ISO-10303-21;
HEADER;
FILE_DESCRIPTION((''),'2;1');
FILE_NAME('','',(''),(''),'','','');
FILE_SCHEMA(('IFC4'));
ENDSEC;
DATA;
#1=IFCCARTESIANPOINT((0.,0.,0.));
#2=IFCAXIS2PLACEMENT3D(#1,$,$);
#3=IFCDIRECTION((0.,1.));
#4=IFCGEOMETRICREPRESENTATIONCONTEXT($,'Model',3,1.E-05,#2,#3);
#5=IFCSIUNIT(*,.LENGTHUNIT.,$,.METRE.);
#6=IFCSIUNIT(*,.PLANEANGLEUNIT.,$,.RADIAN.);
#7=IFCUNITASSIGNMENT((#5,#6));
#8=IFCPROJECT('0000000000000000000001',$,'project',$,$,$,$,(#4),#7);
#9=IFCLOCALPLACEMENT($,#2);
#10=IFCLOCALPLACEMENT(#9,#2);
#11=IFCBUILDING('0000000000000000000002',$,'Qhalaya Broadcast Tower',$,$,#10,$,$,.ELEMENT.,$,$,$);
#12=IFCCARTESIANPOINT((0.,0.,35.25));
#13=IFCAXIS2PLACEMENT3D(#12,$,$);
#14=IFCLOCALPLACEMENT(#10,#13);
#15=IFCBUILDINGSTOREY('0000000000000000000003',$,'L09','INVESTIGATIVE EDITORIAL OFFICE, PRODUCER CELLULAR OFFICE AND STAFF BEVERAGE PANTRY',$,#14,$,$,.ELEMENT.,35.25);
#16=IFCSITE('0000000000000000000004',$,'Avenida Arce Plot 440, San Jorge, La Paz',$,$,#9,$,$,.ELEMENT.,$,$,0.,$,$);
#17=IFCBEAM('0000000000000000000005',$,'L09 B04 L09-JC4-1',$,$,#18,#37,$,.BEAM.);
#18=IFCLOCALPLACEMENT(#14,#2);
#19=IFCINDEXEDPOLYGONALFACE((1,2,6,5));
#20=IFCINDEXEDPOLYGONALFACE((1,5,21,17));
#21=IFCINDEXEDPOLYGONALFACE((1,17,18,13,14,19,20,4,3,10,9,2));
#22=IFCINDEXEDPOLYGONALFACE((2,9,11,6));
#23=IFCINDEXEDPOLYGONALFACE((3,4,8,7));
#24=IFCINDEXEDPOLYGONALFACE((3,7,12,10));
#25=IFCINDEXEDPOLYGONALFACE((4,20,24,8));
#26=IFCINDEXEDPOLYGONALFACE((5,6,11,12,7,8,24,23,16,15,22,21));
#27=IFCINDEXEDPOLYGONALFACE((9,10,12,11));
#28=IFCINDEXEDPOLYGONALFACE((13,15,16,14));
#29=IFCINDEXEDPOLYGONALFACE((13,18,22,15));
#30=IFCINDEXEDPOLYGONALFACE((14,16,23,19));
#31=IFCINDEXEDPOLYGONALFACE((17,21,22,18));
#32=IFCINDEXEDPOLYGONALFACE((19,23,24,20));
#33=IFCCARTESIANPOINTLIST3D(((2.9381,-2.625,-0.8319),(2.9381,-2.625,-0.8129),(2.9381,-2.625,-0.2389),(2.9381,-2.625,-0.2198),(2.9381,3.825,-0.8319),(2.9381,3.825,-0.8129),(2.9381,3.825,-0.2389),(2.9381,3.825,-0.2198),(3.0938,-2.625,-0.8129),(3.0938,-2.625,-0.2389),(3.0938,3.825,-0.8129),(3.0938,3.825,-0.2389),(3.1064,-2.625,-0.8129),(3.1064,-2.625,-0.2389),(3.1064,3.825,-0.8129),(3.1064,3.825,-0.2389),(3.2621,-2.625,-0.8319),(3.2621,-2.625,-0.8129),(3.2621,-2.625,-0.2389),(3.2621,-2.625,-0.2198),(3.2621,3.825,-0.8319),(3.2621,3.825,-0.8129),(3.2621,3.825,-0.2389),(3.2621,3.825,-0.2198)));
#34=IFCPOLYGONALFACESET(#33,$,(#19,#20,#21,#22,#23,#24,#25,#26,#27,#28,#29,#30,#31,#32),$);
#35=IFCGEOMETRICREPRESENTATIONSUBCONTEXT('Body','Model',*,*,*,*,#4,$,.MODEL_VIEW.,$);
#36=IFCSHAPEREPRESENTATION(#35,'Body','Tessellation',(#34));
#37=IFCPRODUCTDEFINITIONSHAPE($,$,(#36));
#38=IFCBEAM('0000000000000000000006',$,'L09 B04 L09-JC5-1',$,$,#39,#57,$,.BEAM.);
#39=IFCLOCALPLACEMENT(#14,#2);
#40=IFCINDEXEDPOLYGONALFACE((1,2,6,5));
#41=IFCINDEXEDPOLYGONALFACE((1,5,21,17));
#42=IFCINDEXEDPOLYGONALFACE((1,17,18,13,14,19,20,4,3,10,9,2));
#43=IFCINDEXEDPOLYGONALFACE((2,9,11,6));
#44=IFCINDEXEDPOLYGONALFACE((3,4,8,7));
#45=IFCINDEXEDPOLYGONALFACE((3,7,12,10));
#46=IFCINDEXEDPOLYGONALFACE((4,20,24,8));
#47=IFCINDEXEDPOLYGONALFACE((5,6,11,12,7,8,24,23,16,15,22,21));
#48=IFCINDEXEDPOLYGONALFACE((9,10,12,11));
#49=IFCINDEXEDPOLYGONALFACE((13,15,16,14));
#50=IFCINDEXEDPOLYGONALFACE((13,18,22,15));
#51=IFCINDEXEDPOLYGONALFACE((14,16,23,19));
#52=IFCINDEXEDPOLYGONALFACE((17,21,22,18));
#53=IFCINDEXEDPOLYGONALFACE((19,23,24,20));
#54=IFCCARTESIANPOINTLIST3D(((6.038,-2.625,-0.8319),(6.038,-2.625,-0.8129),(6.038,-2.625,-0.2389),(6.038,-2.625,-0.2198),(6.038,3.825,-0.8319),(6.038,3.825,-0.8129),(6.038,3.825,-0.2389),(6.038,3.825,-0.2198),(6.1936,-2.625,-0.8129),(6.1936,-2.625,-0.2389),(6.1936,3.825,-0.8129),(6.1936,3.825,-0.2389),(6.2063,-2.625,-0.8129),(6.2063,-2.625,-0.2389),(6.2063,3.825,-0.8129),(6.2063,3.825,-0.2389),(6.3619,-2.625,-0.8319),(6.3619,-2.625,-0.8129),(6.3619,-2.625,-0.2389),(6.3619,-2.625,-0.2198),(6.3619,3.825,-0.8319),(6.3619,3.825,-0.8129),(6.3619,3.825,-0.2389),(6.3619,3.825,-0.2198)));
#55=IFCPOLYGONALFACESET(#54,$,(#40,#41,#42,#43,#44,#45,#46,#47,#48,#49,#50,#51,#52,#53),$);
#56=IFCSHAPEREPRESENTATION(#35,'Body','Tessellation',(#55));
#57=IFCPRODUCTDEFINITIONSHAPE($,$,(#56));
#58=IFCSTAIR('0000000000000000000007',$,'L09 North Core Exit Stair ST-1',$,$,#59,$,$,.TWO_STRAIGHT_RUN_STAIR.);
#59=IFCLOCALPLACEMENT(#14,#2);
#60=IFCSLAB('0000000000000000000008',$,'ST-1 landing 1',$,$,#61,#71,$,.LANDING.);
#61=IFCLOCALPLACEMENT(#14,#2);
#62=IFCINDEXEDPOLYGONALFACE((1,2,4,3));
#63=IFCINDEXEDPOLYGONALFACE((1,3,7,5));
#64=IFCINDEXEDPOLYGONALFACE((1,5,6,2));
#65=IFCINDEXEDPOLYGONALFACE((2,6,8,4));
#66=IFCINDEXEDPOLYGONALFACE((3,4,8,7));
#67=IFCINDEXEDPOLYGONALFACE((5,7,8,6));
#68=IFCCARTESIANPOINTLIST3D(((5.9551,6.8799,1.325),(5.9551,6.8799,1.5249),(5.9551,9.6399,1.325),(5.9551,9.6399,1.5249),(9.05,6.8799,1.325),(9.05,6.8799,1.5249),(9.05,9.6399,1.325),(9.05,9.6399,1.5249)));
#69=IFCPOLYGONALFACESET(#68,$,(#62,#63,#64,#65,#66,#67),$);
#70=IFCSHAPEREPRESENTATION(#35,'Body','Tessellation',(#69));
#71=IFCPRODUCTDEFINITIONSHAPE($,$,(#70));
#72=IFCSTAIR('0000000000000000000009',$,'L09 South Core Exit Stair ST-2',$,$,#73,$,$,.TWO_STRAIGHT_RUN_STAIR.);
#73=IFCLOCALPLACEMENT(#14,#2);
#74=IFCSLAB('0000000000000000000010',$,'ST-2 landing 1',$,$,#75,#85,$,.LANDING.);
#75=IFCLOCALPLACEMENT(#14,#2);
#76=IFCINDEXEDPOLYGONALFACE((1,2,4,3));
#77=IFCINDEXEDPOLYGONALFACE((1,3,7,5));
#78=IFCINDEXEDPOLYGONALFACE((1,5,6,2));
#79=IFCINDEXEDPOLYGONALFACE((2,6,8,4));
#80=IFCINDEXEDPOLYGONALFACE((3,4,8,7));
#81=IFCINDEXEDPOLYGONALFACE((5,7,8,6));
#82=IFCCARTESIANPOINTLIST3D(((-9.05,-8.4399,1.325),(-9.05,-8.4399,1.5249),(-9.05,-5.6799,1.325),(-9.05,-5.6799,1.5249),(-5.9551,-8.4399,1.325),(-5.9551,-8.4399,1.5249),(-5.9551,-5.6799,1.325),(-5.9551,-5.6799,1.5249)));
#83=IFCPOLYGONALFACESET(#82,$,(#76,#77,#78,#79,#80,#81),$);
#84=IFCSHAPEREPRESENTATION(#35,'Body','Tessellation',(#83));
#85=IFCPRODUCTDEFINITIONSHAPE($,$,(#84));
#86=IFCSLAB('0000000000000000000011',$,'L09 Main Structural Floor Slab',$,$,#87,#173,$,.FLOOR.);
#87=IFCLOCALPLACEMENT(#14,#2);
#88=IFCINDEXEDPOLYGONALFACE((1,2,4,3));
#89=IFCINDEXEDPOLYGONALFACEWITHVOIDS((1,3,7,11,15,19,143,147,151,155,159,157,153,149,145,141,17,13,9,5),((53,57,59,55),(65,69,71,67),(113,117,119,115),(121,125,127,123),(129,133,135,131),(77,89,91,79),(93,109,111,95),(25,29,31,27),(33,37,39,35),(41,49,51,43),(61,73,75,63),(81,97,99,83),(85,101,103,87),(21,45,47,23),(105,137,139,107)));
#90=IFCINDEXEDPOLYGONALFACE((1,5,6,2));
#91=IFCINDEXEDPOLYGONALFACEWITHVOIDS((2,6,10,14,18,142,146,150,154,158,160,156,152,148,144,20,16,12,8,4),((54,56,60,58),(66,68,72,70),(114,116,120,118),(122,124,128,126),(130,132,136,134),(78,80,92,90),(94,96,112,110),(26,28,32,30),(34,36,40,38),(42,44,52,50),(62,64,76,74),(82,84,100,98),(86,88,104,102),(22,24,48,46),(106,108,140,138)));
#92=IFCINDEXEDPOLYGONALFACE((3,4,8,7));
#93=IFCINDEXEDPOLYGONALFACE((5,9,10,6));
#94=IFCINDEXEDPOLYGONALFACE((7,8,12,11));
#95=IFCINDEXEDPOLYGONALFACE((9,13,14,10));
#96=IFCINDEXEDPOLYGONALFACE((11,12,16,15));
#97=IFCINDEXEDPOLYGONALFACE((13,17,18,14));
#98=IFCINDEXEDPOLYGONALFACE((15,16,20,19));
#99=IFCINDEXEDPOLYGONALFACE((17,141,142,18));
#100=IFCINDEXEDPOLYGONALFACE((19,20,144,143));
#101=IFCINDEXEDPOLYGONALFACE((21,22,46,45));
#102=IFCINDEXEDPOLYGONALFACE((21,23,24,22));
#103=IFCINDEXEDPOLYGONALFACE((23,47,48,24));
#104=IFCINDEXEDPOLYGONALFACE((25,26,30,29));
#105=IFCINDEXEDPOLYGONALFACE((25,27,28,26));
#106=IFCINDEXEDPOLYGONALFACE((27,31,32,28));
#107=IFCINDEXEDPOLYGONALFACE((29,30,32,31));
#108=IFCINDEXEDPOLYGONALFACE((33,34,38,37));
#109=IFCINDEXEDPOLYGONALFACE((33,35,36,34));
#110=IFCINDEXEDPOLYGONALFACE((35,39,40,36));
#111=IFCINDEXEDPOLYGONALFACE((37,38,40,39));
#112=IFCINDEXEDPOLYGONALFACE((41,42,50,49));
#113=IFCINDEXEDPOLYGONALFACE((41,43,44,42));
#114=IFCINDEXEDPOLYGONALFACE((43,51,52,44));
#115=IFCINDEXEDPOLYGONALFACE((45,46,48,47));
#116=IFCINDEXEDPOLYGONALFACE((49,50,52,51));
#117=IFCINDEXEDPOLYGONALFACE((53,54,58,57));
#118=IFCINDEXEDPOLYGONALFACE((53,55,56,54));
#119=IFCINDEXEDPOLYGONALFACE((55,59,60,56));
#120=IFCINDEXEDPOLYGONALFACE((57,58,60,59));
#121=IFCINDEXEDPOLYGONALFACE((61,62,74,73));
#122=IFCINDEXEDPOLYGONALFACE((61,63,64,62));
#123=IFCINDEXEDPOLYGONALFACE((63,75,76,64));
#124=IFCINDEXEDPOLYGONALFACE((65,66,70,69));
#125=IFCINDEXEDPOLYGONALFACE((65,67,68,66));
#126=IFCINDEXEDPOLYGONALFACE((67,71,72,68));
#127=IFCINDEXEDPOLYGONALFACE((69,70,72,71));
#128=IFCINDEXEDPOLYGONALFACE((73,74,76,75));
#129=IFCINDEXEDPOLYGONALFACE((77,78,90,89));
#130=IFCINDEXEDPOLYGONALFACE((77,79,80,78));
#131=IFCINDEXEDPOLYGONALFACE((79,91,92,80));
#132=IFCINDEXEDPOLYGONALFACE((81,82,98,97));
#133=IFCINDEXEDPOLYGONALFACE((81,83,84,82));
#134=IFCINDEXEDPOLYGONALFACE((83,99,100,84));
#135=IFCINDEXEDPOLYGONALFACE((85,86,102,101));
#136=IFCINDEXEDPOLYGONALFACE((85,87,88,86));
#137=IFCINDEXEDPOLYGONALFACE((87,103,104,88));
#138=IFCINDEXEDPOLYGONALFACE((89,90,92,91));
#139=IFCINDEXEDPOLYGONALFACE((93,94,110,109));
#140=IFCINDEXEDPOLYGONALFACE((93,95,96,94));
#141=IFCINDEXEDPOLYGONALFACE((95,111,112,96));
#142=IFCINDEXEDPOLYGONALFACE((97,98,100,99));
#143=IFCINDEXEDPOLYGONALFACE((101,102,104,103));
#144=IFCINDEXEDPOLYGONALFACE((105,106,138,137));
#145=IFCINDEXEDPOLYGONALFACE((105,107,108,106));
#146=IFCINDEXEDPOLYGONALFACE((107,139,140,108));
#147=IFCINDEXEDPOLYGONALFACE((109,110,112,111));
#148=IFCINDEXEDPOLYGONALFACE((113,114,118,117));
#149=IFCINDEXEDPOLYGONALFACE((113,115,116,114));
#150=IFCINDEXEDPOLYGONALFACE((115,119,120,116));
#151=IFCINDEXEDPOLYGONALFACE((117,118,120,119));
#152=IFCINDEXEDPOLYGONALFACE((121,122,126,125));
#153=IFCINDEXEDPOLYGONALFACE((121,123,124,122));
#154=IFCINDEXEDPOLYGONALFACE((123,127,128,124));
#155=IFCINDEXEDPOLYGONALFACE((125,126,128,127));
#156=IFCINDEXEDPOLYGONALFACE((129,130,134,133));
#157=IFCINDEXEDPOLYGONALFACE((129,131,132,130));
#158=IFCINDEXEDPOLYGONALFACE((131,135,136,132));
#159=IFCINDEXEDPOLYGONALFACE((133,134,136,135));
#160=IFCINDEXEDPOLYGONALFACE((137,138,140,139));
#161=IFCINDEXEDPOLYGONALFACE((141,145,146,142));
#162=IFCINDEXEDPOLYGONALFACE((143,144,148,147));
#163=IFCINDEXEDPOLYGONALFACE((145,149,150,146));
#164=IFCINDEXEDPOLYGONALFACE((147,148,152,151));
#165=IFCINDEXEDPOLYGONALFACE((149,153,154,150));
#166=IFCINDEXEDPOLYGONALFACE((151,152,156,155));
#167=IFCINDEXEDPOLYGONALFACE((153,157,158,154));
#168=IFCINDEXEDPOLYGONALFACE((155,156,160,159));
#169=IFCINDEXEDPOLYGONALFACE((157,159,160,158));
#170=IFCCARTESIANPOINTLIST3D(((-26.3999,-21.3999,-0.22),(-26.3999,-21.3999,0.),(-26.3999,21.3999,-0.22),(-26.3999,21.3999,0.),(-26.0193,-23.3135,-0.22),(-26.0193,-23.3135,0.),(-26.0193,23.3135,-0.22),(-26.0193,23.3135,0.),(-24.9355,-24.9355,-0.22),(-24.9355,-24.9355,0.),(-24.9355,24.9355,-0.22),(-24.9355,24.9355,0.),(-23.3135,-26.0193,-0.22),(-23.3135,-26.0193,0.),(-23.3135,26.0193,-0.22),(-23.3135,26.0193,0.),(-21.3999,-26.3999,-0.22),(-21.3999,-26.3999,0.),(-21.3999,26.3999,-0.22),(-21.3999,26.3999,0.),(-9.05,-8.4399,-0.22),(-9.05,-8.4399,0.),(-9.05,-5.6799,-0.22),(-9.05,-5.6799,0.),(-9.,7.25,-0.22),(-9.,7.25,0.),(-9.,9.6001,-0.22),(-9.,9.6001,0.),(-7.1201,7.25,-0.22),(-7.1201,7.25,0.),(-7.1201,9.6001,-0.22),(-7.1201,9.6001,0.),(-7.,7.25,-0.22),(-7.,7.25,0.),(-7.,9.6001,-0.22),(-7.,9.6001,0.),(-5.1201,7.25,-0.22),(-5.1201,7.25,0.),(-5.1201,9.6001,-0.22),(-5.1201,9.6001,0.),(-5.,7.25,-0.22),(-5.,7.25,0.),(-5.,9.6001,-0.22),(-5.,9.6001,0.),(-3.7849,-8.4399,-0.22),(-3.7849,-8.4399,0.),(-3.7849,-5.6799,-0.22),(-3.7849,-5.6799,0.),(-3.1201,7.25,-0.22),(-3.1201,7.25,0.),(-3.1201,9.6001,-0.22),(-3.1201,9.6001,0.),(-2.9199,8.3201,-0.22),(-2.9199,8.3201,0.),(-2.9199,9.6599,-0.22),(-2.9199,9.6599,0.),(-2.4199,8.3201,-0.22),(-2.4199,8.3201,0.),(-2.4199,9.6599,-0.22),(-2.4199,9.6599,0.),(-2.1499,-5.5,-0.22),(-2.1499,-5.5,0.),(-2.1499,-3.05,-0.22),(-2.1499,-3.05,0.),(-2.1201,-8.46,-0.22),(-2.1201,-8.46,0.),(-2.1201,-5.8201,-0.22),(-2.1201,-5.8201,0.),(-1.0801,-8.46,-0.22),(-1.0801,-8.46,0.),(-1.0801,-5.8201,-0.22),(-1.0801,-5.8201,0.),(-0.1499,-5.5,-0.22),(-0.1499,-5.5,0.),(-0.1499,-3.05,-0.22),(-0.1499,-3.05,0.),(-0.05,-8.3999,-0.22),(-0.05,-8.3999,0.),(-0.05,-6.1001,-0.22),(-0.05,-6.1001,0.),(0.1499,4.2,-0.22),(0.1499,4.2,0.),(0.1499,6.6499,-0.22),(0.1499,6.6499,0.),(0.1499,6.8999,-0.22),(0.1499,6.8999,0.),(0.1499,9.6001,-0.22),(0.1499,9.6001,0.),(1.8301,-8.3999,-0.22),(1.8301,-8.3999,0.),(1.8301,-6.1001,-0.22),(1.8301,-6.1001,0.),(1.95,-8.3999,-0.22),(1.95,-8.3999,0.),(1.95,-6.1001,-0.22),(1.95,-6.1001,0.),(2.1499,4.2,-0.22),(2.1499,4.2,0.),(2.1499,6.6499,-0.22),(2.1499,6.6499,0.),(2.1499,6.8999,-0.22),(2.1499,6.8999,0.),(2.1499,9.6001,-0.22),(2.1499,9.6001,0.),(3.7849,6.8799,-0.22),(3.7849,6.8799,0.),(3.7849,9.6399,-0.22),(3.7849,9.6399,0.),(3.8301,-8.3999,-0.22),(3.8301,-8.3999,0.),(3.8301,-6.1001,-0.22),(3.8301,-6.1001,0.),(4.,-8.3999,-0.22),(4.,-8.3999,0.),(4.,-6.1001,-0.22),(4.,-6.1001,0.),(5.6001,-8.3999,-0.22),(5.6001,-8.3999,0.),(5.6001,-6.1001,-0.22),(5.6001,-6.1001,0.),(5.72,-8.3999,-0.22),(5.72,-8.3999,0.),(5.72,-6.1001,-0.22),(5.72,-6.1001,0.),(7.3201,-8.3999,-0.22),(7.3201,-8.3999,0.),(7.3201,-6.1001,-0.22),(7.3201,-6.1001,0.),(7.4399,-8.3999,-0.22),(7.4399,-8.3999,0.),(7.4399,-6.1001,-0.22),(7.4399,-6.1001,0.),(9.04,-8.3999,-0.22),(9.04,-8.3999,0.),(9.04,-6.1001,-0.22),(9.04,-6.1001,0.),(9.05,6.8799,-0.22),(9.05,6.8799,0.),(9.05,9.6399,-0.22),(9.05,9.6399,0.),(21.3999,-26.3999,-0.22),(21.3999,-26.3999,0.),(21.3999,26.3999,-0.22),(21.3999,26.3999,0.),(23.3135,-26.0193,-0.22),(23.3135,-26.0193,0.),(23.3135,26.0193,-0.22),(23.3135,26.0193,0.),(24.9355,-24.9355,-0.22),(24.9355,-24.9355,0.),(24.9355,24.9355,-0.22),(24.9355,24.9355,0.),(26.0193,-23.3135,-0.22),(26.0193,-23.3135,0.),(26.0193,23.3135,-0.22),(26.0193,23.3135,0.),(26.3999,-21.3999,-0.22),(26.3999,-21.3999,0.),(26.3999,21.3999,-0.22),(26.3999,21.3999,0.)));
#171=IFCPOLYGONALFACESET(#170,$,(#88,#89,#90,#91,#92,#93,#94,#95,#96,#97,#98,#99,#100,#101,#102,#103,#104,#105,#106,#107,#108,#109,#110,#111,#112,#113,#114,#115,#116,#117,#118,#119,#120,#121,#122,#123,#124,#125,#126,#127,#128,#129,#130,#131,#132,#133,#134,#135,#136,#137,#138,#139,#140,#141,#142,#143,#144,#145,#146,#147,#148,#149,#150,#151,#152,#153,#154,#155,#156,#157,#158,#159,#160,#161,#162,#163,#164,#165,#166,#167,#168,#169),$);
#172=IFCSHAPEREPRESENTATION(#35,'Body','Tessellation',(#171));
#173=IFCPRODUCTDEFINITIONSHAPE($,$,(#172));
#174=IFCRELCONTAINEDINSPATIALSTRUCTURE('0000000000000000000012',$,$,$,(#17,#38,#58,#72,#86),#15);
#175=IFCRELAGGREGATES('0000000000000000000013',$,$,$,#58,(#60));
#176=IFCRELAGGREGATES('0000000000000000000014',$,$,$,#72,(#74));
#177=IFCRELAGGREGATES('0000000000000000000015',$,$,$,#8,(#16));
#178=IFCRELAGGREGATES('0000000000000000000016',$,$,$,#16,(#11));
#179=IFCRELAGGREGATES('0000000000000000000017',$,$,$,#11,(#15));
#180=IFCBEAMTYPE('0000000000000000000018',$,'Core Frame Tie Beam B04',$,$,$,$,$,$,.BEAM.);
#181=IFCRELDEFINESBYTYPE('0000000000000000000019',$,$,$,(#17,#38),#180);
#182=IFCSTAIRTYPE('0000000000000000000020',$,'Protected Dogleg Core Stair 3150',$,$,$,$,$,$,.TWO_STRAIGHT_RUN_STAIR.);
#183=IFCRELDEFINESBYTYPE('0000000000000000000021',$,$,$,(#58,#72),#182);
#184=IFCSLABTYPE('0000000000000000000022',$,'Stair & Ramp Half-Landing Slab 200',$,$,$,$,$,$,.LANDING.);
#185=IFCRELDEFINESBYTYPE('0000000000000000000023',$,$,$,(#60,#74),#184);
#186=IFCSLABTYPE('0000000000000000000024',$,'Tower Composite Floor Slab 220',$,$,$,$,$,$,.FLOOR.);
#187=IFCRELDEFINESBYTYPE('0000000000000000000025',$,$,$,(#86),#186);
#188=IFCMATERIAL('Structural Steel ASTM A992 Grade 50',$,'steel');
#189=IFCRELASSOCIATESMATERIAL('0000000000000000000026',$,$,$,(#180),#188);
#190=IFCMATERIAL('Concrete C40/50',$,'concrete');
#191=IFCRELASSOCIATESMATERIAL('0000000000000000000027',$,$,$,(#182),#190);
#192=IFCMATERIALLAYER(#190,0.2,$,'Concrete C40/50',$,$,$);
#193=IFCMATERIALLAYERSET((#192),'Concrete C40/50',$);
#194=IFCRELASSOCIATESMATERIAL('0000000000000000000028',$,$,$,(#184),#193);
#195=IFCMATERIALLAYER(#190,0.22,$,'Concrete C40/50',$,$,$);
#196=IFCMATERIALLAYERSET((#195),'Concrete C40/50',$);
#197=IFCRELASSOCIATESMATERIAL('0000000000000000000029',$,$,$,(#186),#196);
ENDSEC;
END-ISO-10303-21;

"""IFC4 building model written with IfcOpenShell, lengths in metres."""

from ifc_helpers import new_model, si_unit, direction, frame, origin, origin_2d, place, context, subcontext, project, spatial, polyline, i_section, outline, extrude, material, layer, layer_set, material_profile, profile_set, type_object, element, aggregate, save


model = new_model("IFC4")

# Units and contexts
model_context = context("Model", 3, precision=1e-05, world=origin(), true_north=direction((0.0, 1.0)))
body_context = subcontext(model_context, "Body", "Model", "MODEL_VIEW")
ifc_project = project(units=[si_unit("LENGTHUNIT", "METRE"), si_unit("PLANEANGLEUNIT", "RADIAN")], contexts=[model_context])

# Site, building, storey
site_placement = place(None, origin())
site = spatial("IfcSite", under=ifc_project, at=site_placement, Name="Avenida Arce Plot 440, San Jorge, La Paz", CompositionType="ELEMENT", RefElevation=0.0)
building_placement = place(site_placement, origin())
building = spatial("IfcBuilding", under=site, at=building_placement, Name="Qhalaya Broadcast Tower", CompositionType="ELEMENT")
storey_placement = place(building_placement, frame((0.0, 0.0, 35.25)))
storey = spatial("IfcBuildingStorey", under=building, at=storey_placement, Name="L09", Description="INVESTIGATIVE EDITORIAL OFFICE, PRODUCER CELLULAR OFFICE AND STAFF BEVERAGE PANTRY", CompositionType="ELEMENT", Elevation=35.25)

# Beams
ifc_material_1 = material(Name="Structural Steel ASTM A992 Grade 50", Category="steel")
ifc_material_profile = material_profile(ifc_material_1, i_section(OverallWidth=0.324, OverallDepth=0.6121, WebThickness=0.0127, FlangeThickness=0.019, at=origin_2d()), Name="W24X104")
ifc_profile_set = profile_set([ifc_material_profile], Name="Structural Steel ASTM A992 Grade 50")
beam_type = type_object("IfcBeamType", Name="Core Frame Tie Beam B04", PredefinedType="BEAM", material=ifc_profile_set)
for number, where, z_axis, x_axis, name in (
    (1, (3.1001, -2.625, -0.5259), (0.0, 1.0, 0.0), (-1.0, 0.0, 0.0), "L09 B04 L09-JC4-1"),
    (2, (6.2, -2.625, -0.5259), (0.0, 1.0, 0.0), (-1.0, 0.0, 0.0), "L09 B04 L09-JC5-1"),
):
    element("IfcBeam", number, at=place(storey_placement, frame(where, z_axis=z_axis, x_axis=x_axis)), inside=storey, type_object=beam_type, Name=name, PredefinedType="BEAM", context=body_context, shape_type="SweptSolid", body=[
        extrude(i_section(OverallWidth=0.324, OverallDepth=0.6121, WebThickness=0.0127, FlangeThickness=0.019, at=origin_2d()), origin(), (0.0, 0.0, 1.0), 6.45),
    ])

# Stairs, slabs
ifc_material_2 = material(Name="Concrete C40/50", Category="concrete")
stair_type = type_object("IfcStairType", Name="Protected Dogleg Core Stair 3150", PredefinedType="TWO_STRAIGHT_RUN_STAIR", material=ifc_material_2)
stair_1_placement = place(storey_placement, origin())
stair_1 = element("IfcStair", 3, at=stair_1_placement, inside=storey, type_object=stair_type, Name="L09 North Core Exit Stair ST-1", PredefinedType="TWO_STRAIGHT_RUN_STAIR")
ifc_layer_1 = layer(ifc_material_2, 0.2, Name="Concrete C40/50")
ifc_layer_set_1 = layer_set([ifc_layer_1], Name="Concrete C40/50")
slab_type_1 = type_object("IfcSlabType", Name="Stair & Ramp Half-Landing Slab 200", PredefinedType="LANDING", material=ifc_layer_set_1)
slab_1_placement = place(storey_placement, frame((0.0, 0.0, 1.325)))
slab_1 = element("IfcSlab", 4, at=slab_1_placement, type_object=slab_type_1, Name="ST-1 landing 1", PredefinedType="LANDING", context=body_context, shape_type="SweptSolid", body=[
    extrude(outline(polyline([(5.9551, 6.8799), (9.05, 6.8799), (9.05, 9.6399), (5.9551, 9.6399), (5.9551, 6.8799)])), origin(), (0.0, 0.0, 1.0), 0.2),
])
aggregate(stair_1, [slab_1])
stair_2_placement = place(storey_placement, origin())
stair_2 = element("IfcStair", 5, at=stair_2_placement, inside=storey, type_object=stair_type, Name="L09 South Core Exit Stair ST-2", PredefinedType="TWO_STRAIGHT_RUN_STAIR")
slab_2_placement = place(storey_placement, frame((0.0, 0.0, 1.325)))
slab_2 = element("IfcSlab", 6, at=slab_2_placement, type_object=slab_type_1, Name="ST-2 landing 1", PredefinedType="LANDING", context=body_context, shape_type="SweptSolid", body=[
    extrude(outline(polyline([(-5.9551, -5.6799), (-9.05, -5.6799), (-9.05, -8.4399), (-5.9551, -8.4399), (-5.9551, -5.6799)])), origin(), (0.0, 0.0, 1.0), 0.2),
])
aggregate(stair_2, [slab_2])

# Slab
ifc_layer_2 = layer(ifc_material_2, 0.22, Name="Concrete C40/50")
ifc_layer_set_2 = layer_set([ifc_layer_2], Name="Concrete C40/50")
slab_type_2 = type_object("IfcSlabType", Name="Tower Composite Floor Slab 220", PredefinedType="FLOOR", material=ifc_layer_set_2)
slab_3_placement = place(storey_placement, frame((0.0, 0.0, -0.22)))
element("IfcSlab", 7, at=slab_3_placement, inside=storey, type_object=slab_type_2, Name="L09 Main Structural Floor Slab", PredefinedType="FLOOR", context=body_context, shape_type="SweptSolid", body=[
    extrude(outline(polyline([(21.3999, -26.3999), (23.3135, -26.0193), (24.9355, -24.9355), (26.0193, -23.3135), (26.3999, -21.3999), (26.3999, 21.3999), (26.0193, 23.3135), (24.9355, 24.9355), (23.3135, 26.0193), (21.3999, 26.3999), (-21.3999, 26.3999), (-23.3135, 26.0193), (-24.9355, 24.9355), (-26.0193, 23.3135), (-26.3999, 21.3999), (-26.3999, -21.3999), (-26.0193, -23.3135), (-24.9355, -24.9355), (-23.3135, -26.0193), (-21.3999, -26.3999), (21.3999, -26.3999)]), holes=[polyline([(3.7849, 9.6399), (9.05, 9.6399), (9.05, 6.8799), (3.7849, 6.8799), (3.7849, 9.6399)]), polyline([(-3.7849, -8.4399), (-9.05, -8.4399), (-9.05, -5.6799), (-3.7849, -5.6799), (-3.7849, -8.4399)]), polyline([(0.1499, 6.6499), (2.1499, 6.6499), (2.1499, 4.2), (0.1499, 4.2), (0.1499, 6.6499)]), polyline([(0.1499, 9.6001), (2.1499, 9.6001), (2.1499, 6.8999), (0.1499, 6.8999), (0.1499, 9.6001)]), polyline([(-2.1499, -3.05), (-0.1499, -3.05), (-0.1499, -5.5), (-2.1499, -5.5), (-2.1499, -3.05)]), polyline([(-9.0, 9.6001), (-7.1201, 9.6001), (-7.1201, 7.25), (-9.0, 7.25), (-9.0, 9.6001)]), polyline([(-7.0, 9.6001), (-5.1201, 9.6001), (-5.1201, 7.25), (-7.0, 7.25), (-7.0, 9.6001)]), polyline([(-5.0, 9.6001), (-3.1201, 9.6001), (-3.1201, 7.25), (-5.0, 7.25), (-5.0, 9.6001)]), polyline([(-0.05, -6.1001), (1.8301, -6.1001), (1.8301, -8.3999), (-0.05, -8.3999), (-0.05, -6.1001)]), polyline([(1.95, -6.1001), (3.8301, -6.1001), (3.8301, -8.3999), (1.95, -8.3999), (1.95, -6.1001)]), polyline([(4.0, -6.1001), (5.6001, -6.1001), (5.6001, -8.3999), (4.0, -8.3999), (4.0, -6.1001)]), polyline([(5.72, -6.1001), (7.3201, -6.1001), (7.3201, -8.3999), (5.72, -8.3999), (5.72, -6.1001)]), polyline([(7.4399, -6.1001), (9.04, -6.1001), (9.04, -8.3999), (7.4399, -8.3999), (7.4399, -6.1001)]), polyline([(-2.9199, 9.6599), (-2.4199, 9.6599), (-2.4199, 8.3201), (-2.9199, 8.3201), (-2.9199, 9.6599)]), polyline([(-2.1201, -5.8201), (-1.0801, -5.8201), (-1.0801, -8.46), (-2.1201, -8.46), (-2.1201, -5.8201)])]), origin(), (0.0, 0.0, 1.0), 0.22),
])

save(model, "model.ifc")
